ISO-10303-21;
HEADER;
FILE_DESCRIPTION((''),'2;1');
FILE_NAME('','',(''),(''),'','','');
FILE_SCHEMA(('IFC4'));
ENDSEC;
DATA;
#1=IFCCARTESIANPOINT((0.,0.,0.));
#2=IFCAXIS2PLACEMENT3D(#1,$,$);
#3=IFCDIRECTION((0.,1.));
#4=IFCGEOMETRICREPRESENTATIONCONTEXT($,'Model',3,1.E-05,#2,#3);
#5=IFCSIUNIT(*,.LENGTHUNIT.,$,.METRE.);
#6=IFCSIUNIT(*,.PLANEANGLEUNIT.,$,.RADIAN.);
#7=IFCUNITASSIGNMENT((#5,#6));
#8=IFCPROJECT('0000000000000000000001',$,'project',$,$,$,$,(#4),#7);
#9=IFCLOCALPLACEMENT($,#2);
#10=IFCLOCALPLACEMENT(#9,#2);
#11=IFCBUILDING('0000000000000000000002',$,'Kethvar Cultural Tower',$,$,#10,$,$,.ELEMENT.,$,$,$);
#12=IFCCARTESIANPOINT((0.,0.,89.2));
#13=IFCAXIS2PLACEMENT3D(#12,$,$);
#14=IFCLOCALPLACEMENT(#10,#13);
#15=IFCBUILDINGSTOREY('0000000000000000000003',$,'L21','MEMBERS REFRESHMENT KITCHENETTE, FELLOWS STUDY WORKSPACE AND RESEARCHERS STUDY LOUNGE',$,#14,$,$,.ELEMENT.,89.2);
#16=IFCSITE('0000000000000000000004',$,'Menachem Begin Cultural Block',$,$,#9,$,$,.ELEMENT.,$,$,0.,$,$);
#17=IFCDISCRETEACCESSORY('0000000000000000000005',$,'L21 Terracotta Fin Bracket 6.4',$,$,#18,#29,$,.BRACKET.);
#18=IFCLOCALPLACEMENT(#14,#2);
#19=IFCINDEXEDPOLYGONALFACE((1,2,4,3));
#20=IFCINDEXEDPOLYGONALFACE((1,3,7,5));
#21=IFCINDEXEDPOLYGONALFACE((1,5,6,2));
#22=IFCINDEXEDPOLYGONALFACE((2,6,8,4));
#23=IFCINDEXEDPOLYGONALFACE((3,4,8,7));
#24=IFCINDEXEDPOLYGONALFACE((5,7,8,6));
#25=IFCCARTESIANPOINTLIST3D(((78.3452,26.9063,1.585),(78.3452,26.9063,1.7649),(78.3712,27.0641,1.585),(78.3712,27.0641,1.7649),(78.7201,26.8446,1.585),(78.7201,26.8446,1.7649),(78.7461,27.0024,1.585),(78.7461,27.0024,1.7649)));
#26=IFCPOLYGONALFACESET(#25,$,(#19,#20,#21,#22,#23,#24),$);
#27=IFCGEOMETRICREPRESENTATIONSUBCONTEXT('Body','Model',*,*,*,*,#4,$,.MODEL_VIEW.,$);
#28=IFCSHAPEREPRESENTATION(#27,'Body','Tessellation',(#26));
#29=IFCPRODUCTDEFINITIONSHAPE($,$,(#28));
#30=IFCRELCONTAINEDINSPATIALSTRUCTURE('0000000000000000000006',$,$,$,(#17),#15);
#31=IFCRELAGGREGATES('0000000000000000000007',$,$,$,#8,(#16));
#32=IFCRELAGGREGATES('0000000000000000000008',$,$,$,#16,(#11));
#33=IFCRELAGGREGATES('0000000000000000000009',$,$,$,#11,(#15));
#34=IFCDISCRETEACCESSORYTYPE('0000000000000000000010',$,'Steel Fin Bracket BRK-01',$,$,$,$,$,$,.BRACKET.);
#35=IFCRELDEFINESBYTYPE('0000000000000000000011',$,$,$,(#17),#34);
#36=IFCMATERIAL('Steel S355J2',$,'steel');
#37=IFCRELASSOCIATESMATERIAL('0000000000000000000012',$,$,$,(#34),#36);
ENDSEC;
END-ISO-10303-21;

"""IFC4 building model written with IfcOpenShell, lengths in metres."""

from ifc_helpers import new_model, si_unit, direction, frame, origin, origin_2d, place, context, subcontext, project, spatial, rectangle, extrude, source, transform, mapped, material, type_object, element, save


model = new_model("IFC4")

# Units and contexts
model_context = context("Model", 3, precision=1e-05, world=origin(), true_north=direction((0.0, 1.0)))
body_context = subcontext(model_context, "Body", "Model", "MODEL_VIEW")
ifc_project = project(units=[si_unit("LENGTHUNIT", "METRE"), si_unit("PLANEANGLEUNIT", "RADIAN")], contexts=[model_context])

# Site, building, storey
site_placement = place(None, origin())
site = spatial("IfcSite", under=ifc_project, at=site_placement, Name="Menachem Begin Cultural Block", CompositionType="ELEMENT", RefElevation=0.0)
building_placement = place(site_placement, origin())
building = spatial("IfcBuilding", under=site, at=building_placement, Name="Kethvar Cultural Tower", CompositionType="ELEMENT")
storey_placement = place(building_placement, frame((0.0, 0.0, 89.2)))
storey = spatial("IfcBuildingStorey", under=building, at=storey_placement, Name="L21", Description="MEMBERS REFRESHMENT KITCHENETTE, FELLOWS STUDY WORKSPACE AND RESEARCHERS STUDY LOUNGE", CompositionType="ELEMENT", Elevation=89.2)

# Shared definitions
ifc_material_1 = material(Name="Steel S355J2", Category="steel")

# Discrete accessory
discrete_accessory_type = type_object("IfcDiscreteAccessoryType", Name="Steel Fin Bracket BRK-01", PredefinedType="BRACKET", material=ifc_material_1)
shared_shape_1 = source(origin(), body_context, "Body", "SweptSolid", [
    extrude(rectangle(XDim=0.3799, YDim=0.1599, at=origin_2d()), origin(), (0.0, 0.0, 1.0), 0.1799),
])
for number, where, z_axis, x_axis, name in (
    (1, (78.5457, 26.9543, 1.585), (0.0, 0.0, 1.0), (0.986714, -0.162465, 0.0), "L21 Terracotta Fin Bracket 6.4"),
):
    element("IfcDiscreteAccessory", number, at=place(storey_placement, frame(where, z_axis=z_axis, x_axis=x_axis)), inside=storey, type_object=discrete_accessory_type, Name=name, PredefinedType="BRACKET", context=body_context, shape_type="MappedRepresentation", body=[
        mapped(shared_shape_1, transform((0.0, 0.0, 0.0), scale=1.0)),
    ])

save(model, "model.ifc")
